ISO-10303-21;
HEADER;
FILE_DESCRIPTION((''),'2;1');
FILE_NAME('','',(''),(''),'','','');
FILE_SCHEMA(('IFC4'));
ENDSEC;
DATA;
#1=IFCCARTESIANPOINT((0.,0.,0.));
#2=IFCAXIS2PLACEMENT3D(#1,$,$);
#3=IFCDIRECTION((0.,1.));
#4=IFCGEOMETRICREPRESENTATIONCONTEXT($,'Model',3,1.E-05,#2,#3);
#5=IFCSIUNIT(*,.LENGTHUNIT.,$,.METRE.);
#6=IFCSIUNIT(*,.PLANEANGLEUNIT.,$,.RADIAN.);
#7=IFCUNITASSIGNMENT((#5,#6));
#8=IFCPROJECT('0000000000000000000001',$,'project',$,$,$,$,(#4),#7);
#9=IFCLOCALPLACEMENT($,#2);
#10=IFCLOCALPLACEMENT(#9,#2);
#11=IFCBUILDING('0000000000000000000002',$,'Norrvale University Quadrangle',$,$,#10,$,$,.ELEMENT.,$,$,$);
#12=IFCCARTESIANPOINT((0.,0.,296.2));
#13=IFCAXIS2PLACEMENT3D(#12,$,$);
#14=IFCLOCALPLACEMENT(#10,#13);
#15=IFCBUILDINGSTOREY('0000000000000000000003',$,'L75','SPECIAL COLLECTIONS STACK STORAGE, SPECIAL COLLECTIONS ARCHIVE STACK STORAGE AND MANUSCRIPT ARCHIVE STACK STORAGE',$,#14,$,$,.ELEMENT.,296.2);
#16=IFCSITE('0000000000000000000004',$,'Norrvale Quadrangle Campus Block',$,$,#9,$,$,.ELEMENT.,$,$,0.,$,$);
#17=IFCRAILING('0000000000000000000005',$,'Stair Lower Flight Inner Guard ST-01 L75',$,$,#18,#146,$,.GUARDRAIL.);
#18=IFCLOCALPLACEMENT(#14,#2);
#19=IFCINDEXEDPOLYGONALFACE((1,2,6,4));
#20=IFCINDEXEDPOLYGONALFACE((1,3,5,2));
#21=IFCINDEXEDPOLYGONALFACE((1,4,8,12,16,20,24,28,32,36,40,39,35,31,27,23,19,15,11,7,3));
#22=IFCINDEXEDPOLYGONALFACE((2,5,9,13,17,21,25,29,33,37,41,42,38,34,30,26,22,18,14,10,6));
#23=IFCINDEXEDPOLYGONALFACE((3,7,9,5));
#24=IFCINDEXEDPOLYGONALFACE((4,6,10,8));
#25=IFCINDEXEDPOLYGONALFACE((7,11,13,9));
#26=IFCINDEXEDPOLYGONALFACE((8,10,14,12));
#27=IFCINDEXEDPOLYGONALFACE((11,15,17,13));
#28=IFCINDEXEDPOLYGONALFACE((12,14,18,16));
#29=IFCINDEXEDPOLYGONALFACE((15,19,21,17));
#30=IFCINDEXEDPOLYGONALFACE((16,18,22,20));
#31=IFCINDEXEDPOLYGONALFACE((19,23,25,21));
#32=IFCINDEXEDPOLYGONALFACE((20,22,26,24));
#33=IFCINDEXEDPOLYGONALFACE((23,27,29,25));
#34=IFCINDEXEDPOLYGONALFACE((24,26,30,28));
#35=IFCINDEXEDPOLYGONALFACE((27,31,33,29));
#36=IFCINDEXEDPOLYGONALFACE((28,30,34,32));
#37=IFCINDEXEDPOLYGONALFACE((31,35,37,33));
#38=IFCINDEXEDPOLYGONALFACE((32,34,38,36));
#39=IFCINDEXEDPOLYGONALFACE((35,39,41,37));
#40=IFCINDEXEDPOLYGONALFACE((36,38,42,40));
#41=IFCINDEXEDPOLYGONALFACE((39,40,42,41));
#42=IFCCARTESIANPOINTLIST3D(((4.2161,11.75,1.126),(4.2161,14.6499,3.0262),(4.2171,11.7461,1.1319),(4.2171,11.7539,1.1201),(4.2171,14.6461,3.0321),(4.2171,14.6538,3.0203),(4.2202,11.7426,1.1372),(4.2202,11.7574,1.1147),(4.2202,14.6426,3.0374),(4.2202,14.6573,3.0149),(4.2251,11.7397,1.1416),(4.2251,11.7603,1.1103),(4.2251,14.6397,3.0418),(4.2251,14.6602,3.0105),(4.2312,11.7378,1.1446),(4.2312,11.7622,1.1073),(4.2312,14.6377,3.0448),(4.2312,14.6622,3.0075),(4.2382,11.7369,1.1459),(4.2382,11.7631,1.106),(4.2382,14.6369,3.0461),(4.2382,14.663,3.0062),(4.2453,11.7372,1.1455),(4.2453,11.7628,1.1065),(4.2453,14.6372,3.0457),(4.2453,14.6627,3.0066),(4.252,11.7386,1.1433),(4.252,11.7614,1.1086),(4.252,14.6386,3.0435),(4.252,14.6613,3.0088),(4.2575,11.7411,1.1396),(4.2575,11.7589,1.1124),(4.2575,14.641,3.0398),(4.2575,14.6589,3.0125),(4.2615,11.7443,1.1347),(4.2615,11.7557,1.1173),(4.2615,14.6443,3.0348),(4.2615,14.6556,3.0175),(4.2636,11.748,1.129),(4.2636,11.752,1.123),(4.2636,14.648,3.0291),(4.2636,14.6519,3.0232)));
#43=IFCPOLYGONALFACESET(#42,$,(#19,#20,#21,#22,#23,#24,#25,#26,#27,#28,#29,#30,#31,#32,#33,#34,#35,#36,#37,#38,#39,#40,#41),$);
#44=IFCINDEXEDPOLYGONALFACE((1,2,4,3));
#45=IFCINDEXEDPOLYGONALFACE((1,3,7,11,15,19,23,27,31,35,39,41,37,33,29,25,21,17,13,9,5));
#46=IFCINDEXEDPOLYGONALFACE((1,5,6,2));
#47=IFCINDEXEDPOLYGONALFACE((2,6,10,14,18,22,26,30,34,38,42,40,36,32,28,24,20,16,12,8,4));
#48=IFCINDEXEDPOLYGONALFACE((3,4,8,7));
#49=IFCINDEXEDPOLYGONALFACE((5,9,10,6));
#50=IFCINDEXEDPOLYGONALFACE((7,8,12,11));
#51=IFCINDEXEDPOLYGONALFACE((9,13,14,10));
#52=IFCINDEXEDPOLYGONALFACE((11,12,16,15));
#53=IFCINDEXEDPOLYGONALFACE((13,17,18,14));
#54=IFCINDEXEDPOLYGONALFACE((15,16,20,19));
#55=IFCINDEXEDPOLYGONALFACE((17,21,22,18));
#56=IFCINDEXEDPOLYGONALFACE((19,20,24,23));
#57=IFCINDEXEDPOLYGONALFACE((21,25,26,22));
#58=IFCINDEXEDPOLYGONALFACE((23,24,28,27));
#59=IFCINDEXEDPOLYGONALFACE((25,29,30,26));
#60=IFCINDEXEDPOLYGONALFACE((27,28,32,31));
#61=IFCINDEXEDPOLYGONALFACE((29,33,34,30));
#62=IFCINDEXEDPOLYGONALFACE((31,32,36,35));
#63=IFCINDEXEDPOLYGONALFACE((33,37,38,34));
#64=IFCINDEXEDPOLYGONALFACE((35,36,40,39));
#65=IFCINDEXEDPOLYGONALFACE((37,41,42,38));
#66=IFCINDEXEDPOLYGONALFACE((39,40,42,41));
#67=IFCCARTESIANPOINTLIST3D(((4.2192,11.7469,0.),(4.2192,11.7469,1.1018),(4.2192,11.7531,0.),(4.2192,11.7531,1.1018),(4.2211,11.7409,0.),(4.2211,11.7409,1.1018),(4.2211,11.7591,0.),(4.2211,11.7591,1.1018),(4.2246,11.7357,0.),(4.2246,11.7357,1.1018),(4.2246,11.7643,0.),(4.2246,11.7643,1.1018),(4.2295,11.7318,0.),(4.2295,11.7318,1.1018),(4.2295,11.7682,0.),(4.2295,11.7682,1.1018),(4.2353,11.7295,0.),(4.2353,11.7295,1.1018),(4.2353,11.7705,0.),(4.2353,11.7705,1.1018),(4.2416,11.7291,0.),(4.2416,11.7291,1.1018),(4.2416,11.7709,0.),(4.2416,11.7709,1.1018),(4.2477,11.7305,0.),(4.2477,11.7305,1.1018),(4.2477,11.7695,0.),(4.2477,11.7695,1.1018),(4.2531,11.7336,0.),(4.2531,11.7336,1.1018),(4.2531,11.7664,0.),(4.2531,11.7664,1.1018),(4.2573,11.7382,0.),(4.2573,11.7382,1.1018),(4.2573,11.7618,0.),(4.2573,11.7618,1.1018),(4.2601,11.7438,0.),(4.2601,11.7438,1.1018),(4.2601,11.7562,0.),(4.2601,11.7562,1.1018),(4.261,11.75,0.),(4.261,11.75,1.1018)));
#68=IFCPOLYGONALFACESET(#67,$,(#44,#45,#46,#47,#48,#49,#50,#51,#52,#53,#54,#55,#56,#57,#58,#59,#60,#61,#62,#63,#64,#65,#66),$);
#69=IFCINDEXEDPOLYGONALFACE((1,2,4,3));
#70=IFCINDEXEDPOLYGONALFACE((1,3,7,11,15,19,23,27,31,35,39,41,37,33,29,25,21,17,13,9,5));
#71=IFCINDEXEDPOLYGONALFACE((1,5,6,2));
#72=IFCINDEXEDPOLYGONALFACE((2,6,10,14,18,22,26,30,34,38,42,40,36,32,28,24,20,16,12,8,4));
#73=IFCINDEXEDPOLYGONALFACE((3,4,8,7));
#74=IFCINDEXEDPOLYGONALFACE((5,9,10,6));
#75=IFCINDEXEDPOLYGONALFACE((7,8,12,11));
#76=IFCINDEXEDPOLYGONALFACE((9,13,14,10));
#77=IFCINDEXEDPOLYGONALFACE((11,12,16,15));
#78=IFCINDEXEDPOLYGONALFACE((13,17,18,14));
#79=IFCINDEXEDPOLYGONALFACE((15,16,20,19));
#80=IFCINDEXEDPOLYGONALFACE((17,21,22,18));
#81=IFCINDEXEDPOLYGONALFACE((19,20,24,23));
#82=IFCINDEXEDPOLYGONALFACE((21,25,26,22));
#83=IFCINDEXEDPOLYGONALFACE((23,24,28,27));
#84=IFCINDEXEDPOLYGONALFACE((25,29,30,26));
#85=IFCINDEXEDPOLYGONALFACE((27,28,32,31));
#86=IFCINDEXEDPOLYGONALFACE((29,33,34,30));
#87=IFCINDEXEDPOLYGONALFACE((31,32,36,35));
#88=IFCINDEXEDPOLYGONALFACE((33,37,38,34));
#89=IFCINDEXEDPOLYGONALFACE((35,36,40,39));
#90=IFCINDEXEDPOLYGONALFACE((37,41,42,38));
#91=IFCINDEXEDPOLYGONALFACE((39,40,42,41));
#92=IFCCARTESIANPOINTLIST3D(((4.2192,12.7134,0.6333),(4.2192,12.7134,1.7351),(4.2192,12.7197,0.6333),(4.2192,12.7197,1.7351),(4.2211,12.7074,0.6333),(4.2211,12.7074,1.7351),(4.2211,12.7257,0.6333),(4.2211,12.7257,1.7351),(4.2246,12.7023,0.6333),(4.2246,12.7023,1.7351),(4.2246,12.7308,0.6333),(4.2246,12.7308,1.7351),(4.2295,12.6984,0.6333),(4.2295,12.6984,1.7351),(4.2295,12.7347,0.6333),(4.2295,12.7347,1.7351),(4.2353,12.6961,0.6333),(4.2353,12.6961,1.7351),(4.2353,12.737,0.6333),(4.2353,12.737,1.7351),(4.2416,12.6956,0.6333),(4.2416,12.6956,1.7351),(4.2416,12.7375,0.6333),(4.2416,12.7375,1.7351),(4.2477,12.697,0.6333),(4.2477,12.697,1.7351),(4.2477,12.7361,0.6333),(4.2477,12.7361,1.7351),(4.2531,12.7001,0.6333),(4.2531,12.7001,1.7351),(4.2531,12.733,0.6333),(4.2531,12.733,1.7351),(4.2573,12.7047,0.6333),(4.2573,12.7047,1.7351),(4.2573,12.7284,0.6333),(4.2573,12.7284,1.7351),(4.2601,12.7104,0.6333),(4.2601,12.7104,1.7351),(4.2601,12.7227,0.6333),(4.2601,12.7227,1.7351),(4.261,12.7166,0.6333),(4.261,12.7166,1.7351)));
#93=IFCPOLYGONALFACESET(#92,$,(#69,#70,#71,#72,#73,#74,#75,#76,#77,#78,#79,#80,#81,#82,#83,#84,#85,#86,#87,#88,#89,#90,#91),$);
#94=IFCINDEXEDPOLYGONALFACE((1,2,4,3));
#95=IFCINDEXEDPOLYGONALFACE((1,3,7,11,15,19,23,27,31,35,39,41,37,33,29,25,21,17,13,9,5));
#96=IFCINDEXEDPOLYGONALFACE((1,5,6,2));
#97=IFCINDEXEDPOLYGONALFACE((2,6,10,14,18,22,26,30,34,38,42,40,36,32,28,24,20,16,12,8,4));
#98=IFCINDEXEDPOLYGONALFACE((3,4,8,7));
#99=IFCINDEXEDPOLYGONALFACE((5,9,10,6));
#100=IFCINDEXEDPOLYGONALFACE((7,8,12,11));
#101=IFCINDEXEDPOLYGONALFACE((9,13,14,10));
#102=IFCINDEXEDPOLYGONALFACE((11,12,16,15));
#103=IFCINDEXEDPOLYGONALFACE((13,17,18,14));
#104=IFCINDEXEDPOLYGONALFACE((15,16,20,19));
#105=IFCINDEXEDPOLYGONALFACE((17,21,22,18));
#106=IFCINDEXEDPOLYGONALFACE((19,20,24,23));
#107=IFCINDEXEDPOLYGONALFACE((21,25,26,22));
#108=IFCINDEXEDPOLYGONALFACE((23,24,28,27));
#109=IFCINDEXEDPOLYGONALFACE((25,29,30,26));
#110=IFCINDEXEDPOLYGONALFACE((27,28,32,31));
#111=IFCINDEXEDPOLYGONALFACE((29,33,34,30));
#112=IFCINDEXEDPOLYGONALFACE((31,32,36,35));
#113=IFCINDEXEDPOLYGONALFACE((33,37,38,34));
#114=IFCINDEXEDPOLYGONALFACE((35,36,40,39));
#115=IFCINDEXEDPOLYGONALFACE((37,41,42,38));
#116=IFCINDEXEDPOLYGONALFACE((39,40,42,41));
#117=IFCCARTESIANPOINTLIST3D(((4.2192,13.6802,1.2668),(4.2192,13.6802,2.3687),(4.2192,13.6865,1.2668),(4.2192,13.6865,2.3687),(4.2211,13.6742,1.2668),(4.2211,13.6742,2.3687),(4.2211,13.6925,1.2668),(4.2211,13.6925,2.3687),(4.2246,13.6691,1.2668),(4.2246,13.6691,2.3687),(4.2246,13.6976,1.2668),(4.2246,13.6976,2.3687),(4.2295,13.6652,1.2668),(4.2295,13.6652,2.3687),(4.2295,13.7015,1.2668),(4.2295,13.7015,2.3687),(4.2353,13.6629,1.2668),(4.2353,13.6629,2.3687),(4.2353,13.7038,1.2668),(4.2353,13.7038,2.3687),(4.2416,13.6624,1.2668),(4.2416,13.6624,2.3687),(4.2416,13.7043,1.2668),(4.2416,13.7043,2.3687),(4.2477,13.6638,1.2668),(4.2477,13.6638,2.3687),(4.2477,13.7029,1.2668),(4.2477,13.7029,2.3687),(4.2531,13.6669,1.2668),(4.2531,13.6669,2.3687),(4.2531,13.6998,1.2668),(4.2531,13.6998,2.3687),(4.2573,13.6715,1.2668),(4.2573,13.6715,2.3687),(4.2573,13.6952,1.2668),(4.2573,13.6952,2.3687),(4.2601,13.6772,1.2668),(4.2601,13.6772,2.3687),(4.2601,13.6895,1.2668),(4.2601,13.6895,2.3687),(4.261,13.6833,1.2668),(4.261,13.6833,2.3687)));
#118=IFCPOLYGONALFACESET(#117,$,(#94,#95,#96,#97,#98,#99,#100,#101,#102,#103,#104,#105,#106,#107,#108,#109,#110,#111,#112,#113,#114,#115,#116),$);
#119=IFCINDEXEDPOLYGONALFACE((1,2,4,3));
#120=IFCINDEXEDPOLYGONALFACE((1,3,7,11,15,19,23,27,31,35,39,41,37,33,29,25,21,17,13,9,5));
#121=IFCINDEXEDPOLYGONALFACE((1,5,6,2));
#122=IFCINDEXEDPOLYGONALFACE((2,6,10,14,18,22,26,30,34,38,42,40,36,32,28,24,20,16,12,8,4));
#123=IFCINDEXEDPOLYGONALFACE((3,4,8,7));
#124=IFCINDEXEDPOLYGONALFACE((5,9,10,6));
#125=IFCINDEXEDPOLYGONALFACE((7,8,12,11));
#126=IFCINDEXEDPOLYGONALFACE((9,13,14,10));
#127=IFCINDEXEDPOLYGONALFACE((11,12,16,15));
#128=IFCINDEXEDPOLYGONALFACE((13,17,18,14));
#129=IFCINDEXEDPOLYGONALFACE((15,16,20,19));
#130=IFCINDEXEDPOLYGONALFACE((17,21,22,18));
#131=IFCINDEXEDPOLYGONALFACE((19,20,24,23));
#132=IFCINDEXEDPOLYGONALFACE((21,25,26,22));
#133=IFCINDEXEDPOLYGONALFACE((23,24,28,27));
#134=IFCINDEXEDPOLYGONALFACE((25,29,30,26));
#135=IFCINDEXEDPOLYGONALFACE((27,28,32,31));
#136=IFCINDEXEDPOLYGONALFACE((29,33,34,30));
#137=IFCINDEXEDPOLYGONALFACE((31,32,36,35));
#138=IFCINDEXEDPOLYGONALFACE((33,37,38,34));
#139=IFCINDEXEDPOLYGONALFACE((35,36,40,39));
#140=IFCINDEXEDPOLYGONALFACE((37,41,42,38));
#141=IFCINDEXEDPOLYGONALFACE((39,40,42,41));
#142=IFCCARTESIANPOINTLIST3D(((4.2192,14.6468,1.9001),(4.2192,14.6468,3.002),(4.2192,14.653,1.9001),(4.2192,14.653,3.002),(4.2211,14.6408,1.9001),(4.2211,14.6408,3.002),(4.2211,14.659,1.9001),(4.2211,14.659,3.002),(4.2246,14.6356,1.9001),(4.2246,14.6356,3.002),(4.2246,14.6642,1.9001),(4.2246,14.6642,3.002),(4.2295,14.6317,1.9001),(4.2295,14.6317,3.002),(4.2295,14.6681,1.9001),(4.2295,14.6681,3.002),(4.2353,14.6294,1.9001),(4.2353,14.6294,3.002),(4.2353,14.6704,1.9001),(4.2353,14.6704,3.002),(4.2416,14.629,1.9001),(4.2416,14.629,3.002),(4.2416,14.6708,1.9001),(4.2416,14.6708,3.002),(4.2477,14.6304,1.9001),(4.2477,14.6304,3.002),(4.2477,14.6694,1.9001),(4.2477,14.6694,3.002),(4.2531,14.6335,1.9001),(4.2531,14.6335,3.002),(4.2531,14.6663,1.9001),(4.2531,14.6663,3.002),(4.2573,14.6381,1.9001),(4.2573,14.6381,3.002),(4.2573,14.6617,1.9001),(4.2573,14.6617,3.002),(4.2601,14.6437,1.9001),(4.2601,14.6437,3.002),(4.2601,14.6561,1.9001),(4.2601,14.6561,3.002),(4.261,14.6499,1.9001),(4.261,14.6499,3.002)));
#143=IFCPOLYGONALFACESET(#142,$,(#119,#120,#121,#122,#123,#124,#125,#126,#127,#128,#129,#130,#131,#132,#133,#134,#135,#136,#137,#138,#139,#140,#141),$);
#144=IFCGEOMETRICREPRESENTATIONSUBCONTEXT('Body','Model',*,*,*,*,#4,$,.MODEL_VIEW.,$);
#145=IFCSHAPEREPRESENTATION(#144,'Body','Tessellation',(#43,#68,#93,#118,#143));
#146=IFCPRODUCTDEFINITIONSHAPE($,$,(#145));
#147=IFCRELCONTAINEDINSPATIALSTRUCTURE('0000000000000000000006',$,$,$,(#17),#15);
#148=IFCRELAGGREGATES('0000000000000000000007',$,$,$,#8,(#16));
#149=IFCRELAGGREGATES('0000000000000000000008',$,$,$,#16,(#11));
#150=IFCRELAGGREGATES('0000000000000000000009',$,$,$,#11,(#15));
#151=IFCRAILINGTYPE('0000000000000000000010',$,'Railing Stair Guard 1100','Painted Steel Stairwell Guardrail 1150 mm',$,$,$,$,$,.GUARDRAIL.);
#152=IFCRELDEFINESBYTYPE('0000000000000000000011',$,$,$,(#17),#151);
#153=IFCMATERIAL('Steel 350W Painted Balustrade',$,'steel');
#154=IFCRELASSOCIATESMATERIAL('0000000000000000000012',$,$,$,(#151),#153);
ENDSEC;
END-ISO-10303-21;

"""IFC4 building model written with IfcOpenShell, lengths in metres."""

from ifc_helpers import new_model, si_unit, direction, frame, origin, origin_2d, place, context, subcontext, project, spatial, circle, extrude, material, type_object, element, save


model = new_model("IFC4")

# Units and contexts
model_context = context("Model", 3, precision=1e-05, world=origin(), true_north=direction((0.0, 1.0)))
body_context = subcontext(model_context, "Body", "Model", "MODEL_VIEW")
ifc_project = project(units=[si_unit("LENGTHUNIT", "METRE"), si_unit("PLANEANGLEUNIT", "RADIAN")], contexts=[model_context])

# Site, building, storey
site_placement = place(None, origin())
site = spatial("IfcSite", under=ifc_project, at=site_placement, Name="Norrvale Quadrangle Campus Block", CompositionType="ELEMENT", RefElevation=0.0)
building_placement = place(site_placement, origin())
building = spatial("IfcBuilding", under=site, at=building_placement, Name="Norrvale University Quadrangle", CompositionType="ELEMENT")
storey_placement = place(building_placement, frame((0.0, 0.0, 296.2)))
storey = spatial("IfcBuildingStorey", under=building, at=storey_placement, Name="L75", Description="SPECIAL COLLECTIONS STACK STORAGE, SPECIAL COLLECTIONS ARCHIVE STACK STORAGE AND MANUSCRIPT ARCHIVE STACK STORAGE", CompositionType="ELEMENT", Elevation=296.2)

# Railing
ifc_material_1 = material(Name="Steel 350W Painted Balustrade", Category="steel")
railing_type_1 = type_object("IfcRailingType", Name="Railing Stair Guard 1100", Description="Painted Steel Stairwell Guardrail 1150 mm", PredefinedType="GUARDRAIL", material=ifc_material_1)
railing_1_placement = place(storey_placement, frame((4.24, 11.75, 0.0)))
element("IfcRailing", 1, at=railing_1_placement, inside=storey, type_object=railing_type_1, Name="Stair Lower Flight Inner Guard ST-01 L75", PredefinedType="GUARDRAIL", context=body_context, shape_type="SweptSolid", body=[
    extrude(circle(Radius=0.0239, at=origin_2d()), frame((0.0, 0.0, 1.126), z_axis=(0.0, 0.836433, 0.548069), x_axis=(-1.0, 0.0, 0.0)), (0.0, 0.0, 1.0), 3.467),
    extrude(circle(Radius=0.021, at=origin_2d()), origin(), (0.0, 0.0, 1.0), 1.1018),
    extrude(circle(Radius=0.021, at=origin_2d()), frame((0.0, 0.9666, 0.6333)), (0.0, 0.0, 1.0), 1.1018),
    extrude(circle(Radius=0.021, at=origin_2d()), frame((0.0, 1.9333, 1.2668)), (0.0, 0.0, 1.0), 1.1018),
    extrude(circle(Radius=0.021, at=origin_2d()), frame((0.0, 2.8999, 1.9001)), (0.0, 0.0, 1.0), 1.1018),
])

save(model, "model.ifc")
